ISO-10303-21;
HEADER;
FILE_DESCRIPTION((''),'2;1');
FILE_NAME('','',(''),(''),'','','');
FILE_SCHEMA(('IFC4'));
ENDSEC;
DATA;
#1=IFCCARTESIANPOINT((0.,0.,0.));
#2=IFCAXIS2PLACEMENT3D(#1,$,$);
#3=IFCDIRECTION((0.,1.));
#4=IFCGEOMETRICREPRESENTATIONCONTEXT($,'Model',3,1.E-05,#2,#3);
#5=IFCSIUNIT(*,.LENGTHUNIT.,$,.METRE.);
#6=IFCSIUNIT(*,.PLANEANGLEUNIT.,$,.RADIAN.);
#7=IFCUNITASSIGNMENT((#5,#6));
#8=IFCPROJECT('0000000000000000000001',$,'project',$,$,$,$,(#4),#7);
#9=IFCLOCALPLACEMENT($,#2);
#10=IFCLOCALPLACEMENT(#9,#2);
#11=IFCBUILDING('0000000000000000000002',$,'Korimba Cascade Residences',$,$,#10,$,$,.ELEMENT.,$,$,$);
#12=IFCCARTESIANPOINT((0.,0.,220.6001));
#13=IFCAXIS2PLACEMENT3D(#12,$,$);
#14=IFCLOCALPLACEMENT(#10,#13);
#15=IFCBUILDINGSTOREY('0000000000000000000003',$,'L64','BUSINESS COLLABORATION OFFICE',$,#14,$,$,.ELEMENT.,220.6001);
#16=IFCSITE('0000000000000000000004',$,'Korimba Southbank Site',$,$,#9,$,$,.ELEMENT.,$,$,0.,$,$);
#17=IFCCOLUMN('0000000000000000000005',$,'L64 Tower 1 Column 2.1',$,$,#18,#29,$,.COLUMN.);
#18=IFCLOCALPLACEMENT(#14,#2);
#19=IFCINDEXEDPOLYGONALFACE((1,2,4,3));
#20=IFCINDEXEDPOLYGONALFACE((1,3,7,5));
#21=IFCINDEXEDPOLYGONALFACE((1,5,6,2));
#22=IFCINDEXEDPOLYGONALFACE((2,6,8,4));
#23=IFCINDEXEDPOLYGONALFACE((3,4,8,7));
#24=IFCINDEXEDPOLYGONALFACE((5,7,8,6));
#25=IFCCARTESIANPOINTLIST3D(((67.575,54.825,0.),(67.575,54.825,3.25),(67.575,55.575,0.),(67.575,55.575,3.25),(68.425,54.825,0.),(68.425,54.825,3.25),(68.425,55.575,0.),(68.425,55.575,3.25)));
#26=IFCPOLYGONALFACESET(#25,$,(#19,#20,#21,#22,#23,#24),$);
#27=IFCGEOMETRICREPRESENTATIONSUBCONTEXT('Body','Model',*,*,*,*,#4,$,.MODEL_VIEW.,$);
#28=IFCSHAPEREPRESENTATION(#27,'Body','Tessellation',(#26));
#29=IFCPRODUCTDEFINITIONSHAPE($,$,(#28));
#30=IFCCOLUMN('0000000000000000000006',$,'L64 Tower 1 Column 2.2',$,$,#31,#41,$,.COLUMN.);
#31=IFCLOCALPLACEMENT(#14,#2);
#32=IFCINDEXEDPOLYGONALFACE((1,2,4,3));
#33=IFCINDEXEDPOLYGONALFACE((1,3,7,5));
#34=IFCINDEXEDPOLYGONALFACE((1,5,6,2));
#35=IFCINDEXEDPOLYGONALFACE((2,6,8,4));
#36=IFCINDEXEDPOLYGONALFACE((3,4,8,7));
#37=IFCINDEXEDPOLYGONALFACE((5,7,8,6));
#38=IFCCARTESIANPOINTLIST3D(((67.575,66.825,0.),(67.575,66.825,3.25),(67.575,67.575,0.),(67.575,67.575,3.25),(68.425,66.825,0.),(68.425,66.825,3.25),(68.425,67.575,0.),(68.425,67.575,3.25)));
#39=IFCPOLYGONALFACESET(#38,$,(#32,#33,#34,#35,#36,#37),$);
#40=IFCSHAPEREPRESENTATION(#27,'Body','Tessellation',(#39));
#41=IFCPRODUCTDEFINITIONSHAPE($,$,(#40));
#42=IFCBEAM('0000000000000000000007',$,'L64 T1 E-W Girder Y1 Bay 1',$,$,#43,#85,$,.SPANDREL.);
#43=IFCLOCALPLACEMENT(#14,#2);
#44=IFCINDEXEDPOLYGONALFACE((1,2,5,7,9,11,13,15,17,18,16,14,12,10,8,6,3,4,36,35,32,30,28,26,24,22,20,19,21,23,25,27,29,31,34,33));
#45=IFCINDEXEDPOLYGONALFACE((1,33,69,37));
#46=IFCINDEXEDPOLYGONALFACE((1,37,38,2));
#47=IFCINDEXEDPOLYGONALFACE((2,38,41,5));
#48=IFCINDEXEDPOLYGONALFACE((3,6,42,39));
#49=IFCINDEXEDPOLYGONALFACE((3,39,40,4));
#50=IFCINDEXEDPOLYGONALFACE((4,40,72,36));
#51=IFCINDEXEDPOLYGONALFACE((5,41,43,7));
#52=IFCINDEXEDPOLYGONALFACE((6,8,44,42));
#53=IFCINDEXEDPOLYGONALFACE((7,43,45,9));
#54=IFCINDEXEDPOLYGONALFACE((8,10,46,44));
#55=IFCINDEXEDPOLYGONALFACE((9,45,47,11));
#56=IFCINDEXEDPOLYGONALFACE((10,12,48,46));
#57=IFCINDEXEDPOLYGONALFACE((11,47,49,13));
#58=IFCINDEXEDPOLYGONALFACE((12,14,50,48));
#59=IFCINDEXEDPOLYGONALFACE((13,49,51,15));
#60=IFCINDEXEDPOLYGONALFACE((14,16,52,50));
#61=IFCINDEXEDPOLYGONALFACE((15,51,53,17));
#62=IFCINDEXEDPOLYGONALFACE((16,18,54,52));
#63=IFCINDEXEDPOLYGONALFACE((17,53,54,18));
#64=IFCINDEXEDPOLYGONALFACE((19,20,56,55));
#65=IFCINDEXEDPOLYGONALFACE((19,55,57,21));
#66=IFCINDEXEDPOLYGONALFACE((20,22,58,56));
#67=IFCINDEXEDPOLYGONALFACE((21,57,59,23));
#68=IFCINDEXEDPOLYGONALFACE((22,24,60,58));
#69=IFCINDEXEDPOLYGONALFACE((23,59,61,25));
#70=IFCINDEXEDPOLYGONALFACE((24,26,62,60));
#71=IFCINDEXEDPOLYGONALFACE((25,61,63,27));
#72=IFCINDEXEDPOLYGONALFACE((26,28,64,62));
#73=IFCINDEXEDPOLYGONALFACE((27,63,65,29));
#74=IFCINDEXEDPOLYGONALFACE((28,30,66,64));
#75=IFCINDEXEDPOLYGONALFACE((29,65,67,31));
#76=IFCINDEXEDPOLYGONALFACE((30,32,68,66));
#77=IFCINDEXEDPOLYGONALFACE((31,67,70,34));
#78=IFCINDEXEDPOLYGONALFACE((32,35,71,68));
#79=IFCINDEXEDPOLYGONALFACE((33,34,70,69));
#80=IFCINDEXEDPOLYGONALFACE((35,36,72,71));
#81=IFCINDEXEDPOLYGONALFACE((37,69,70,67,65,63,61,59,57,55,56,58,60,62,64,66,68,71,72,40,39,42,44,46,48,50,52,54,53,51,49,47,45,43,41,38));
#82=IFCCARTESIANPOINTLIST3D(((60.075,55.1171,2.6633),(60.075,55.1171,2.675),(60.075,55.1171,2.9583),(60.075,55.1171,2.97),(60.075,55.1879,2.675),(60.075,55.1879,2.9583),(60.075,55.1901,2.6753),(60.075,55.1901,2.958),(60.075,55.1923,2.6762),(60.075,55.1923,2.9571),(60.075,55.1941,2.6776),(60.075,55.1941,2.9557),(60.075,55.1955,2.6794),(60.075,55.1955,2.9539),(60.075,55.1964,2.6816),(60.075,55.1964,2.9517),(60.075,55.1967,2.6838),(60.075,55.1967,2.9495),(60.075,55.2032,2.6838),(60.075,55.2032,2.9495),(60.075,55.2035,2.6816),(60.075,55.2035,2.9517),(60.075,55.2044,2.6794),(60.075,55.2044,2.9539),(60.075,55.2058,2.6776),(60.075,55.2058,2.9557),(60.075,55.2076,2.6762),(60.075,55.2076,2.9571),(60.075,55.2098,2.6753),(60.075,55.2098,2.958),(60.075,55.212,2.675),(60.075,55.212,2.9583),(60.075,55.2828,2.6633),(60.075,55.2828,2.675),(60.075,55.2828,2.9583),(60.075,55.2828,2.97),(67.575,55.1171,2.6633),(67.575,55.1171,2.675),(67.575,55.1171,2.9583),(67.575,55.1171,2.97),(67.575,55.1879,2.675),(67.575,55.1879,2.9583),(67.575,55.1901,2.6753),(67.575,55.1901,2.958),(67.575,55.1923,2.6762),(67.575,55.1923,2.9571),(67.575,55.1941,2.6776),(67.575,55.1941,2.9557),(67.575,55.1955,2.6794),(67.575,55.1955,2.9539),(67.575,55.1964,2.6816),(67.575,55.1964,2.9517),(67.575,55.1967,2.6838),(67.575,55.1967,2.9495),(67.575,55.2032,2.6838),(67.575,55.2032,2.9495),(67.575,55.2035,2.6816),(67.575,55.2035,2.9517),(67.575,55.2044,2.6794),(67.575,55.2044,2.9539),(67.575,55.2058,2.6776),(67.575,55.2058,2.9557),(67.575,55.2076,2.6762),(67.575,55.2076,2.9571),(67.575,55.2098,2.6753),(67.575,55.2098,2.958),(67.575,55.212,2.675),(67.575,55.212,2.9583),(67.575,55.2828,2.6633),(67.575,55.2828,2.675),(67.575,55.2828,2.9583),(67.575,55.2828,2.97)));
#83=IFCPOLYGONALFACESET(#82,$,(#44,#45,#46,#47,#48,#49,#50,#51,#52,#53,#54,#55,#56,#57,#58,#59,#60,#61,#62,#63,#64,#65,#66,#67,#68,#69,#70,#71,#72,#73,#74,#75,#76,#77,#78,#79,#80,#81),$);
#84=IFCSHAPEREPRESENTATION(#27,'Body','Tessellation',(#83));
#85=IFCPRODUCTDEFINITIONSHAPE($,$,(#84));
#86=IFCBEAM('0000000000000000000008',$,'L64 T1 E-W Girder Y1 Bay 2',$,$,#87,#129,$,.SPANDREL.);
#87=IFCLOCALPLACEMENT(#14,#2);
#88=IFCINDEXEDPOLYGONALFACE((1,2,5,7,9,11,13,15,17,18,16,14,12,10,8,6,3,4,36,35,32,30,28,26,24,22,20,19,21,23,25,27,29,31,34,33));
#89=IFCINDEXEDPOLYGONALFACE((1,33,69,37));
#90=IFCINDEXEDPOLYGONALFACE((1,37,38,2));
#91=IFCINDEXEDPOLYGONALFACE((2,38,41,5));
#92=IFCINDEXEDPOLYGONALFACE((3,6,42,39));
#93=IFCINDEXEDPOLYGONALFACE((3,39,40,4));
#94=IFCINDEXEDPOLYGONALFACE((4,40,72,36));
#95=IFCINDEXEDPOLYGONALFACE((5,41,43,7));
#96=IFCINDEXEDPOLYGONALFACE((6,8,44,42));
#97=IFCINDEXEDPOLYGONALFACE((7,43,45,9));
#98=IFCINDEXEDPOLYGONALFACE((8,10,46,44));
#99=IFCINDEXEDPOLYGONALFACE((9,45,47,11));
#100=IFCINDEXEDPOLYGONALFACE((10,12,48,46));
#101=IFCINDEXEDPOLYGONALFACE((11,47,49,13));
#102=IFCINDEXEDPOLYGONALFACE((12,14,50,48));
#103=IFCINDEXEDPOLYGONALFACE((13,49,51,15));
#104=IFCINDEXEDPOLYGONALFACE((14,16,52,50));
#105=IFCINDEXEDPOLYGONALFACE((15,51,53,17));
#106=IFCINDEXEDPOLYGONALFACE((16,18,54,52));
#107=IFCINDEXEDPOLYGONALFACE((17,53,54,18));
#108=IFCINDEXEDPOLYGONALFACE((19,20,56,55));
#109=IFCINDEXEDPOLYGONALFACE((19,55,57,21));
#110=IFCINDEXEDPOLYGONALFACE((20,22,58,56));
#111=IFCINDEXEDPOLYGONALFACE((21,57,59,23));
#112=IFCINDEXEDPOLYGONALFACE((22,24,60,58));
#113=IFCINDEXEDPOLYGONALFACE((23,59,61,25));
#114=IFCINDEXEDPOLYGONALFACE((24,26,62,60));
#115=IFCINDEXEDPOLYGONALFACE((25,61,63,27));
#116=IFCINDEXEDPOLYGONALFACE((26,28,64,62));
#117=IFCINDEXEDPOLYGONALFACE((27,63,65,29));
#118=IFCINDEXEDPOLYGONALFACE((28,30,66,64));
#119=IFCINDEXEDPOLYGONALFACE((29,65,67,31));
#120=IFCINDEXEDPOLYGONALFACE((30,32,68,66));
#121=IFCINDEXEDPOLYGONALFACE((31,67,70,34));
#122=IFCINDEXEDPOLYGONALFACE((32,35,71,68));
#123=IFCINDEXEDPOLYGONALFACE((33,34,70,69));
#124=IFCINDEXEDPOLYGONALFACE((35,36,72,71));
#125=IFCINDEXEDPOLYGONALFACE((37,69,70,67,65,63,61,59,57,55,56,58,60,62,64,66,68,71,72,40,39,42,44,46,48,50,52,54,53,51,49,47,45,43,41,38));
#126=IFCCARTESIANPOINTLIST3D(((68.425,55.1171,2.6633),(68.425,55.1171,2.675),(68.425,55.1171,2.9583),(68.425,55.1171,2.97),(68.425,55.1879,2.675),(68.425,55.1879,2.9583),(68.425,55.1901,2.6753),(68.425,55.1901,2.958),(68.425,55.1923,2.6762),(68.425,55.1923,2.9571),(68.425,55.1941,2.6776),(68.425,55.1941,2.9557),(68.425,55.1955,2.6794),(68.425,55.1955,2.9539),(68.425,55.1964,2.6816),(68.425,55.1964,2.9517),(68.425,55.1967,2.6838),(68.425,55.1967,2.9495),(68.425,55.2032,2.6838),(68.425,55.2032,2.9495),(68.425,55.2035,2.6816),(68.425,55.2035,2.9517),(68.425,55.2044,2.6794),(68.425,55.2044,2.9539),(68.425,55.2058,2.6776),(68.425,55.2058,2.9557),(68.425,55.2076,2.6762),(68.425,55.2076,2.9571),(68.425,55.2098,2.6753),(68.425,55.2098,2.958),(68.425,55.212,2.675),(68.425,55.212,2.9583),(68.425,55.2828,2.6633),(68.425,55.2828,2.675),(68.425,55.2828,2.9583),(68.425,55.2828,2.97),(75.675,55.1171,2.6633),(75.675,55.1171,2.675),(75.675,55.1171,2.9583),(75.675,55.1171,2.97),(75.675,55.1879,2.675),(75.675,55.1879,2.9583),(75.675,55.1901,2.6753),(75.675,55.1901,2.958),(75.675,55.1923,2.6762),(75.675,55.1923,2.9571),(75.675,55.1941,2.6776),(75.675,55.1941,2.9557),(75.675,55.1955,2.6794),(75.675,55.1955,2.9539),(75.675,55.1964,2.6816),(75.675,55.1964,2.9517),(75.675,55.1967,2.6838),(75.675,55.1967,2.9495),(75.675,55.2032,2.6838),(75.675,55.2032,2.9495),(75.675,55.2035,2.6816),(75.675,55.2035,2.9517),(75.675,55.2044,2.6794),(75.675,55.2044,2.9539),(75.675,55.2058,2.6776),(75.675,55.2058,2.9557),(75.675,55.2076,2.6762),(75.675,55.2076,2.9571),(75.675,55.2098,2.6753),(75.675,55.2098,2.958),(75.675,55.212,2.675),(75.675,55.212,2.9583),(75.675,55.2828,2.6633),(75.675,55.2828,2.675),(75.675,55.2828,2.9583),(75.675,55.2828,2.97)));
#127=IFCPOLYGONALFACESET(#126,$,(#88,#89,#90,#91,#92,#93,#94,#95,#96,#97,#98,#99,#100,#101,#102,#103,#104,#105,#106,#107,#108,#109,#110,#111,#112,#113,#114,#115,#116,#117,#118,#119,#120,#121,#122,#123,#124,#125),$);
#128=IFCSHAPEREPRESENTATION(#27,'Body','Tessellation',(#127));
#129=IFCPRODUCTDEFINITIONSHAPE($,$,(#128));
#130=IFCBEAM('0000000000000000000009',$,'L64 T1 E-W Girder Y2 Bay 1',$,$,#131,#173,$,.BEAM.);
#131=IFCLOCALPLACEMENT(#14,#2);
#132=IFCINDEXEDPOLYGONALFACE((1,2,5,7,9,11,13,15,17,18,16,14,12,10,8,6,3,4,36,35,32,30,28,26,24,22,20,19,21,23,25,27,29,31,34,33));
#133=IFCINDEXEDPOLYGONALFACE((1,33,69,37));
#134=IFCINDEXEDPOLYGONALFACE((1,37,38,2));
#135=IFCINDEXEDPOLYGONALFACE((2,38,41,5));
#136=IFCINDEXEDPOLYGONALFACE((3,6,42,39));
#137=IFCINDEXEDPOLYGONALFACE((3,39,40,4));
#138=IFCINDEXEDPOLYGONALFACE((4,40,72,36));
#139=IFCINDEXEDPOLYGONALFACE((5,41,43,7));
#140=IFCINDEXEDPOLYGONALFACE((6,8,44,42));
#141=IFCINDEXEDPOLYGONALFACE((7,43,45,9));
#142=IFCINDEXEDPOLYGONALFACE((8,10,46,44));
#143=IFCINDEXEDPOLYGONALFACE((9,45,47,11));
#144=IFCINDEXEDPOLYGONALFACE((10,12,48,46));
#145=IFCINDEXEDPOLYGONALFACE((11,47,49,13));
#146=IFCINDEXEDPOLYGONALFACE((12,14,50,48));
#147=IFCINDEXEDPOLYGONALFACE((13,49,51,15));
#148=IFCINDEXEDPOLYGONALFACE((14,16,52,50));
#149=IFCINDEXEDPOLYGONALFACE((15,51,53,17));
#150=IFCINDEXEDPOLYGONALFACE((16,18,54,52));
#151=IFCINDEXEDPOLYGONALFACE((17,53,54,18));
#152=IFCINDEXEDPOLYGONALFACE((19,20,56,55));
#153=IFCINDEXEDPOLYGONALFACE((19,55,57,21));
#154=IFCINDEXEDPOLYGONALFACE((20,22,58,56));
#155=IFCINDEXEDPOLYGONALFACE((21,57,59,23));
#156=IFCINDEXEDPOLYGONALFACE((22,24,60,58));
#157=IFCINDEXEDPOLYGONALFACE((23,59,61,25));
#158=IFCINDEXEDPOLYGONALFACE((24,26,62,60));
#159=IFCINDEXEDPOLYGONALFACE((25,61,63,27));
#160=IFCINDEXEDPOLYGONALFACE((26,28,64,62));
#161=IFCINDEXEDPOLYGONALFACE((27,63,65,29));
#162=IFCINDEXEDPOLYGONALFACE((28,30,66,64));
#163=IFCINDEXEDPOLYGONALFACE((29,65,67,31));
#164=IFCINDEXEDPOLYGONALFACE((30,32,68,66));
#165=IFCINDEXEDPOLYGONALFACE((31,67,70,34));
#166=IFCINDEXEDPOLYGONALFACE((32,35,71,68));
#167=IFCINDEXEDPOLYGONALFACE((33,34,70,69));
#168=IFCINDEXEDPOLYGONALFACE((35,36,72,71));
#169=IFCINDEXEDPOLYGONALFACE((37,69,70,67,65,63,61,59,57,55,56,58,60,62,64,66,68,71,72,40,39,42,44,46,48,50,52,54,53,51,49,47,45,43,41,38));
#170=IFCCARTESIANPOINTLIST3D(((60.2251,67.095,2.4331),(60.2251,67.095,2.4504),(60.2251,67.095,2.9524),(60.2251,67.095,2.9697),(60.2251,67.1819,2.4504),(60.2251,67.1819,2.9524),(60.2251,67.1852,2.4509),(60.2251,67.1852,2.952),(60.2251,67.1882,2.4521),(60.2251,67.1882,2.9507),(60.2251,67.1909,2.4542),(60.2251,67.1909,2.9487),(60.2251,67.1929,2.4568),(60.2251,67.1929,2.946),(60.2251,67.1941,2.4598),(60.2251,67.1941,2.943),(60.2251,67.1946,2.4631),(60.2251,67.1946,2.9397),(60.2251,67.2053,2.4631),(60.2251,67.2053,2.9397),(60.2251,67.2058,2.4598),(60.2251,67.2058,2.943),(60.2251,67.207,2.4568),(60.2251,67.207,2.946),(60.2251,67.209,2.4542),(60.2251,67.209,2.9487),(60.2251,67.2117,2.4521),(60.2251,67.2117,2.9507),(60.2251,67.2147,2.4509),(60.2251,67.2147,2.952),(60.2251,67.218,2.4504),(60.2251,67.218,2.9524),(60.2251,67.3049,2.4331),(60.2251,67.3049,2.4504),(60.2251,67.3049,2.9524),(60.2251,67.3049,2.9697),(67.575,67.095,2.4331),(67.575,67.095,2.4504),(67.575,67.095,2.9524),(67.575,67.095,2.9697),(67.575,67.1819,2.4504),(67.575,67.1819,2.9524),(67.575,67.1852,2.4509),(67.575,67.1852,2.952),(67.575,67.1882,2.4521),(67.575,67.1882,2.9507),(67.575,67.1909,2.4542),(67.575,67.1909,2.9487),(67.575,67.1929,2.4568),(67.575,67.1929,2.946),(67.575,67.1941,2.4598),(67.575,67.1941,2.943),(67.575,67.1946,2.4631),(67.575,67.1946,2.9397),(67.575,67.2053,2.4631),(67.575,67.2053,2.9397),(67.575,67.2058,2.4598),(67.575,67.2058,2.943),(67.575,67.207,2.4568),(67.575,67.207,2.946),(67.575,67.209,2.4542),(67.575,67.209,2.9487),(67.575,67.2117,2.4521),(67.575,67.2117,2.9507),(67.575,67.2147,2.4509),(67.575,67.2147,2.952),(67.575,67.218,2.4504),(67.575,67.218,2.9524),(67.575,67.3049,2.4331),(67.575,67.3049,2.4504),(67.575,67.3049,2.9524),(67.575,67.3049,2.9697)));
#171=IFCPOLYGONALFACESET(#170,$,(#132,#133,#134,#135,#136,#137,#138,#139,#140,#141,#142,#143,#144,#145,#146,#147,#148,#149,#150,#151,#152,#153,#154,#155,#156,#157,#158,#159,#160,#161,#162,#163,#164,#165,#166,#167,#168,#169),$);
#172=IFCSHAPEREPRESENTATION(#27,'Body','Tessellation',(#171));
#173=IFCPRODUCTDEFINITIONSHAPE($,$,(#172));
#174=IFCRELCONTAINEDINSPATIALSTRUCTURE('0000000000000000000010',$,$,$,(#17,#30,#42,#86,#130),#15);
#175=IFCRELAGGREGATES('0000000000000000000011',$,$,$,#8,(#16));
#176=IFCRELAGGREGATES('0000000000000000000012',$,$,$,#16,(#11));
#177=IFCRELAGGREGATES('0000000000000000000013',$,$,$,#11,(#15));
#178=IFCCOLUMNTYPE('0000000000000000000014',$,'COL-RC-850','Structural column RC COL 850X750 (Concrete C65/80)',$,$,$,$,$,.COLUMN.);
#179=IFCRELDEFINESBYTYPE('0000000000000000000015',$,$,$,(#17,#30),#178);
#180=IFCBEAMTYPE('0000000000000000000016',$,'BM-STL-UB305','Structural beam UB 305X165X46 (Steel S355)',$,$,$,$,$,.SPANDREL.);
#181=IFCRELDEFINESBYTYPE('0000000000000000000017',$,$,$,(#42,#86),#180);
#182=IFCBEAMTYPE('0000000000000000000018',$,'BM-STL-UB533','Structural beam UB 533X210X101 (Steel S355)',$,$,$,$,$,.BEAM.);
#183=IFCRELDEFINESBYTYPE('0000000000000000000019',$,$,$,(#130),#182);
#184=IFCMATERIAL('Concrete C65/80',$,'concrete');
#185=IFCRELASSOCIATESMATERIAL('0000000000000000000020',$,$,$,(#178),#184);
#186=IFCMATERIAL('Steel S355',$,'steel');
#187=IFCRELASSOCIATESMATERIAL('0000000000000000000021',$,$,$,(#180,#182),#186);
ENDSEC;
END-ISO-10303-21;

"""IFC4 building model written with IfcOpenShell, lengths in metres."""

from ifc_helpers import new_model, si_unit, direction, frame, origin, origin_2d, place, context, subcontext, project, spatial, rectangle, i_section, extrude, material, material_profile, profile_set, type_object, element, save


model = new_model("IFC4")

# Units and contexts
model_context = context("Model", 3, precision=1e-05, world=origin(), true_north=direction((0.0, 1.0)))
body_context = subcontext(model_context, "Body", "Model", "MODEL_VIEW")
ifc_project = project(units=[si_unit("LENGTHUNIT", "METRE"), si_unit("PLANEANGLEUNIT", "RADIAN")], contexts=[model_context])

# Site, building, storey
site_placement = place(None, origin())
site = spatial("IfcSite", under=ifc_project, at=site_placement, Name="Korimba Southbank Site", CompositionType="ELEMENT", RefElevation=0.0)
building_placement = place(site_placement, origin())
building = spatial("IfcBuilding", under=site, at=building_placement, Name="Korimba Cascade Residences", CompositionType="ELEMENT")
storey_placement = place(building_placement, frame((0.0, 0.0, 220.6001)))
storey = spatial("IfcBuildingStorey", under=building, at=storey_placement, Name="L64", Description="BUSINESS COLLABORATION OFFICE", CompositionType="ELEMENT", Elevation=220.6001)

# Columns
ifc_material_1 = material(Name="Concrete C65/80", Category="concrete")
ifc_material_profile_1 = material_profile(ifc_material_1, rectangle(XDim=0.8501, YDim=0.75, at=origin_2d()), Name="Concrete C65/80")
ifc_profile_set_1 = profile_set([ifc_material_profile_1], Name="Concrete C65/80")
column_type = type_object("IfcColumnType", Name="COL-RC-850", Description="Structural column RC COL 850X750 (Concrete C65/80)", PredefinedType="COLUMN", material=ifc_profile_set_1)
for number, where, z_axis, x_axis, name in (
    (1, (68.0, 55.2, 0.0), (0.0, 0.0, 1.0), (1.0, 0.0, 0.0), "L64 Tower 1 Column 2.1"),
    (2, (68.0, 67.2, 0.0), (0.0, 0.0, 1.0), (1.0, 0.0, 0.0), "L64 Tower 1 Column 2.2"),
):
    element("IfcColumn", number, at=place(storey_placement, frame(where, z_axis=z_axis, x_axis=x_axis)), inside=storey, type_object=column_type, Name=name, PredefinedType="COLUMN", context=body_context, shape_type="SweptSolid", body=[
        extrude(rectangle(XDim=0.8501, YDim=0.75, at=origin_2d()), origin(), (0.0, 0.0, 1.0), 3.25),
    ])

# Beams
ifc_material_2 = material(Name="Steel S355", Category="steel")
ifc_material_profile_2 = material_profile(ifc_material_2, i_section(OverallWidth=0.1658, OverallDepth=0.3066, WebThickness=0.0066, FlangeThickness=0.0117, FilletRadius=0.0088, at=origin_2d()), Name="Steel S355")
ifc_profile_set_2 = profile_set([ifc_material_profile_2], Name="Steel S355")
beam_type_1 = type_object("IfcBeamType", Name="BM-STL-UB305", Description="Structural beam UB 305X165X46 (Steel S355)", PredefinedType="SPANDREL", material=ifc_profile_set_2)
beam_1_placement = place(storey_placement, frame((60.075, 55.2, 2.8167), z_axis=(1.0, 0.0, 0.0), x_axis=(0.0, 1.0, 0.0)))
element("IfcBeam", 3, at=beam_1_placement, inside=storey, type_object=beam_type_1, Name="L64 T1 E-W Girder Y1 Bay 1", PredefinedType="SPANDREL", context=body_context, shape_type="SweptSolid", body=[
    extrude(i_section(OverallWidth=0.1658, OverallDepth=0.3066, WebThickness=0.0066, FlangeThickness=0.0117, FilletRadius=0.0088, at=origin_2d()), origin(), (0.0, 0.0, 1.0), 7.5),
])
beam_2_placement = place(storey_placement, frame((68.425, 55.2, 2.8167), z_axis=(1.0, 0.0, 0.0), x_axis=(0.0, 1.0, 0.0)))
element("IfcBeam", 4, at=beam_2_placement, inside=storey, type_object=beam_type_1, Name="L64 T1 E-W Girder Y1 Bay 2", PredefinedType="SPANDREL", context=body_context, shape_type="SweptSolid", body=[
    extrude(i_section(OverallWidth=0.1658, OverallDepth=0.3066, WebThickness=0.0066, FlangeThickness=0.0117, FilletRadius=0.0088, at=origin_2d()), origin(), (0.0, 0.0, 1.0), 7.25),
])
ifc_material_profile_3 = material_profile(ifc_material_2, i_section(OverallWidth=0.21, OverallDepth=0.5366, WebThickness=0.0107, FlangeThickness=0.0173, FilletRadius=0.0127, at=origin_2d()), Name="Steel S355")
ifc_profile_set_3 = profile_set([ifc_material_profile_3], Name="Steel S355")
beam_type_2 = type_object("IfcBeamType", Name="BM-STL-UB533", Description="Structural beam UB 533X210X101 (Steel S355)", PredefinedType="BEAM", material=ifc_profile_set_3)
beam_3_placement = place(storey_placement, frame((60.2251, 67.2, 2.7014), z_axis=(1.0, 0.0, 0.0), x_axis=(0.0, 1.0, 0.0)))
element("IfcBeam", 5, at=beam_3_placement, inside=storey, type_object=beam_type_2, Name="L64 T1 E-W Girder Y2 Bay 1", PredefinedType="BEAM", context=body_context, shape_type="SweptSolid", body=[
    extrude(i_section(OverallWidth=0.21, OverallDepth=0.5366, WebThickness=0.0107, FlangeThickness=0.0173, FilletRadius=0.0127, at=origin_2d()), origin(), (0.0, 0.0, 1.0), 7.3499),
])

save(model, "model.ifc")
